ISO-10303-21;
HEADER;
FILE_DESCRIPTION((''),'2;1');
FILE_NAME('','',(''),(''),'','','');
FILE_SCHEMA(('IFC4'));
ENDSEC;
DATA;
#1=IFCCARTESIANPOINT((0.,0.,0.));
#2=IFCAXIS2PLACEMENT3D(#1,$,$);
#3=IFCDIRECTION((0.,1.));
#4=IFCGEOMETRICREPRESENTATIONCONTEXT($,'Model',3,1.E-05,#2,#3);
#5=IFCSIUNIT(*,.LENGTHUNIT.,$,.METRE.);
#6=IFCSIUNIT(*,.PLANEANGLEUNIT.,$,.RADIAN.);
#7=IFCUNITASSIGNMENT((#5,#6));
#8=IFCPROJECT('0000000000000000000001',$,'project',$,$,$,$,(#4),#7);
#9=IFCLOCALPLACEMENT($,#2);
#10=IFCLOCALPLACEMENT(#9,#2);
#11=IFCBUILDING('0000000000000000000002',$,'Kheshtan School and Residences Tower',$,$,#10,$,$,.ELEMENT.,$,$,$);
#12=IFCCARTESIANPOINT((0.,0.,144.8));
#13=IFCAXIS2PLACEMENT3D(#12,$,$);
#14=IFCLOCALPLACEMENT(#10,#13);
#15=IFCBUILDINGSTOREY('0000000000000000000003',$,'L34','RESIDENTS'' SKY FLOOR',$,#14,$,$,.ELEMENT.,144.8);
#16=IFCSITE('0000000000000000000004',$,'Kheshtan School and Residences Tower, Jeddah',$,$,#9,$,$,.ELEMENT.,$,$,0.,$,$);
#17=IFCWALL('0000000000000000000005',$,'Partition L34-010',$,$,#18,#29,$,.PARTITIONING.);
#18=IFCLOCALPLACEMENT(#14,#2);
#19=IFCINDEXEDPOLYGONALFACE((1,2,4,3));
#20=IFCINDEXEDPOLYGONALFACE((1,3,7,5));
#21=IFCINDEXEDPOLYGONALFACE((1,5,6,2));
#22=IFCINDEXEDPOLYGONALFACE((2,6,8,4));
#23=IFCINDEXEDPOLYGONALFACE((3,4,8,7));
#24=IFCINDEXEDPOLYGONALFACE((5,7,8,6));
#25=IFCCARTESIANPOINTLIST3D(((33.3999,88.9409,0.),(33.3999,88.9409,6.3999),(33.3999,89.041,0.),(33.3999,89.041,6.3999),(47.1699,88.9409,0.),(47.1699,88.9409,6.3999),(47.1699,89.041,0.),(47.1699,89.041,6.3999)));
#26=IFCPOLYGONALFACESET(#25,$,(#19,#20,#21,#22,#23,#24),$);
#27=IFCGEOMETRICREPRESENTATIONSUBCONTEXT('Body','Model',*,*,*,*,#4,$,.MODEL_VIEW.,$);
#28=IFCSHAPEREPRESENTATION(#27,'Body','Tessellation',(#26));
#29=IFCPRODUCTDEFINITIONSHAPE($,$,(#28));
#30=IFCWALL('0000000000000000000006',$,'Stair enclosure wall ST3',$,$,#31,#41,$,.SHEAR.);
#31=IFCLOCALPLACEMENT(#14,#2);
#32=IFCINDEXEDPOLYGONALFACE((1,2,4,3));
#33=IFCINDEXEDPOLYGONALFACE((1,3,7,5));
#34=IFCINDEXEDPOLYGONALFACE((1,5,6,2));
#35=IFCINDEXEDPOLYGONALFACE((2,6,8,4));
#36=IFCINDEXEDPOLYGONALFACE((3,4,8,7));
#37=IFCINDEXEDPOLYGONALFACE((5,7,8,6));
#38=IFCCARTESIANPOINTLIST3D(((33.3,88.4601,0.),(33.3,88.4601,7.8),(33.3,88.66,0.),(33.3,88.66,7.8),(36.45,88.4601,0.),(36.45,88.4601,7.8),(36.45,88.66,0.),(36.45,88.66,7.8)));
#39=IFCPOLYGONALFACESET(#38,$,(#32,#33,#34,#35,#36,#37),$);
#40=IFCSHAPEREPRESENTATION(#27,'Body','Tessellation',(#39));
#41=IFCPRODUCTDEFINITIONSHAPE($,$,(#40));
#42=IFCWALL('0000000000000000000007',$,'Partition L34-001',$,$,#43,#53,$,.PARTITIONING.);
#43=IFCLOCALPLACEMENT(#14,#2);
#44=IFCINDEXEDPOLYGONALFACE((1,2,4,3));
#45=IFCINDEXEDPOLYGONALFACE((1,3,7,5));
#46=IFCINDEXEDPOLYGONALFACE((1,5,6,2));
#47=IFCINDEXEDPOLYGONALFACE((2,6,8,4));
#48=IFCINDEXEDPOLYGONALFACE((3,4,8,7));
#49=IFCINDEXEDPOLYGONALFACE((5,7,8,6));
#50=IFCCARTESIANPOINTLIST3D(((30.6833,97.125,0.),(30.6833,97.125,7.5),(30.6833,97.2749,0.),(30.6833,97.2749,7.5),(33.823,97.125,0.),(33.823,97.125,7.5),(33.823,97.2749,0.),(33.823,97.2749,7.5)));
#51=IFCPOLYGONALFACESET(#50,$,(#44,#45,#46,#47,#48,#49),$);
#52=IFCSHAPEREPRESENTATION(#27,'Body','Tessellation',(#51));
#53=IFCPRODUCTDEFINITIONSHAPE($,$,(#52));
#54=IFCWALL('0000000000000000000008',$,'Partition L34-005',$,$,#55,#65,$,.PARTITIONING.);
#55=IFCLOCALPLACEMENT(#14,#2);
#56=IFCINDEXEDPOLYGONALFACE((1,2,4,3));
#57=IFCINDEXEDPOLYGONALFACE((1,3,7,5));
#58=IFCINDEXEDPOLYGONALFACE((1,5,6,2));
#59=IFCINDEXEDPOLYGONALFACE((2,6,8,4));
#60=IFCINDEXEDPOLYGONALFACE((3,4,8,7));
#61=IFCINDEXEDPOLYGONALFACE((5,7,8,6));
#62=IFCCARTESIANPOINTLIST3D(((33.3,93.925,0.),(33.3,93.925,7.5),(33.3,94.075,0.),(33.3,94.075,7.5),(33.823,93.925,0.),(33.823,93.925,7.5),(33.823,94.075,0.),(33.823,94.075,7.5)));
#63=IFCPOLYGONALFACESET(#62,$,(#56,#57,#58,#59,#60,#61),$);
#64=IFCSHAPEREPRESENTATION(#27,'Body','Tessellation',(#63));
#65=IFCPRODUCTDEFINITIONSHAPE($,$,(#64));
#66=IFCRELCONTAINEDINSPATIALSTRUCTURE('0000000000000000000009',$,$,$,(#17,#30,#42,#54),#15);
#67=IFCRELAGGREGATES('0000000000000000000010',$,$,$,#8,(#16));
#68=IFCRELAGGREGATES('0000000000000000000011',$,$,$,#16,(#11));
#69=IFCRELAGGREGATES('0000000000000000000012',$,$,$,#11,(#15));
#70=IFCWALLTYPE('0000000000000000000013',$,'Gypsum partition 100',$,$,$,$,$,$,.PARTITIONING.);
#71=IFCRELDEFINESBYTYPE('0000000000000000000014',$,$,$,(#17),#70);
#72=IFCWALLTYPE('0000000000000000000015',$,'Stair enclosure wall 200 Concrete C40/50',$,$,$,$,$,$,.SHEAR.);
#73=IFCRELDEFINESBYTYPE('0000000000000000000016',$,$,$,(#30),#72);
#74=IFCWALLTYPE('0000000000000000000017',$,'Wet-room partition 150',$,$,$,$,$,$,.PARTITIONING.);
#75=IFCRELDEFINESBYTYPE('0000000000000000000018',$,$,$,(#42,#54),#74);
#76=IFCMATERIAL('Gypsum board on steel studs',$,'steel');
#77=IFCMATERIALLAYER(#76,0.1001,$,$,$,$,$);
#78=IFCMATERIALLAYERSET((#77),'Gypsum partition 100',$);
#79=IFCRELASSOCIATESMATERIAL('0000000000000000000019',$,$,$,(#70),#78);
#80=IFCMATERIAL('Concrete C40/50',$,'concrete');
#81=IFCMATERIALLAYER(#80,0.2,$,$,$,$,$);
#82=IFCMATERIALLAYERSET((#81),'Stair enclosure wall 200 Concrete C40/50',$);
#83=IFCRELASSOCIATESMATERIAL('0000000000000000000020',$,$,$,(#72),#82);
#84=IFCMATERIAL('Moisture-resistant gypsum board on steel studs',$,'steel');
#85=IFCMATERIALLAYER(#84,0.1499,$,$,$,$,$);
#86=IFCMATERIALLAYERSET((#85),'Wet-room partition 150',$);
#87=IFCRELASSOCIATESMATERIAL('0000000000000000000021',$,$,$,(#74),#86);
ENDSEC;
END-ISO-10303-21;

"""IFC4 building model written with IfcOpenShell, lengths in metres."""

from ifc_helpers import new_model, si_unit, direction, frame, frame_2d, origin, place, context, subcontext, project, spatial, rectangle, extrude, material, layer, layer_set, type_object, element, save


model = new_model("IFC4")

# Units and contexts
model_context = context("Model", 3, precision=1e-05, world=origin(), true_north=direction((0.0, 1.0)))
body_context = subcontext(model_context, "Body", "Model", "MODEL_VIEW")
ifc_project = project(units=[si_unit("LENGTHUNIT", "METRE"), si_unit("PLANEANGLEUNIT", "RADIAN")], contexts=[model_context])

# Site, building, storey
site_placement = place(None, origin())
site = spatial("IfcSite", under=ifc_project, at=site_placement, Name="Kheshtan School and Residences Tower, Jeddah", CompositionType="ELEMENT", RefElevation=0.0)
building_placement = place(site_placement, origin())
building = spatial("IfcBuilding", under=site, at=building_placement, Name="Kheshtan School and Residences Tower", CompositionType="ELEMENT")
storey_placement = place(building_placement, frame((0.0, 0.0, 144.8)))
storey = spatial("IfcBuildingStorey", under=building, at=storey_placement, Name="L34", Description="RESIDENTS' SKY FLOOR", CompositionType="ELEMENT", Elevation=144.8)

# Walls
ifc_material_1 = material(Name="Gypsum board on steel studs", Category="steel")
ifc_layer_1 = layer(ifc_material_1, 0.1001)
ifc_layer_set_1 = layer_set([ifc_layer_1], Name="Gypsum partition 100")
wall_type_1 = type_object("IfcWallType", Name="Gypsum partition 100", PredefinedType="PARTITIONING", material=ifc_layer_set_1)
wall_1_placement = place(storey_placement, frame((33.3999, 88.991, 0.0), z_axis=(0.0, 0.0, 1.0), x_axis=(1.0, 0.0, 0.0)))
element("IfcWall", 1, at=wall_1_placement, inside=storey, type_object=wall_type_1, Name="Partition L34-010", PredefinedType="PARTITIONING", context=body_context, shape_type="SweptSolid", body=[
    extrude(rectangle(XDim=13.77, YDim=0.1001, at=frame_2d((6.885, 0.0))), origin(), (0.0, 0.0, 1.0), 6.3999),
])
ifc_material_2 = material(Name="Concrete C40/50", Category="concrete")
ifc_layer_2 = layer(ifc_material_2, 0.2)
ifc_layer_set_2 = layer_set([ifc_layer_2], Name="Stair enclosure wall 200 Concrete C40/50")
wall_type_2 = type_object("IfcWallType", Name="Stair enclosure wall 200 Concrete C40/50", PredefinedType="SHEAR", material=ifc_layer_set_2)
wall_2_placement = place(storey_placement, frame((33.3, 88.5601, 0.0), z_axis=(0.0, 0.0, 1.0), x_axis=(1.0, 0.0, 0.0)))
element("IfcWall", 2, at=wall_2_placement, inside=storey, type_object=wall_type_2, Name="Stair enclosure wall ST3", PredefinedType="SHEAR", context=body_context, shape_type="SweptSolid", body=[
    extrude(rectangle(XDim=3.1499, YDim=0.2, at=frame_2d((1.575, 0.0))), origin(), (0.0, 0.0, 1.0), 7.8),
])
ifc_material_3 = material(Name="Moisture-resistant gypsum board on steel studs", Category="steel")
ifc_layer_3 = layer(ifc_material_3, 0.1499)
ifc_layer_set_3 = layer_set([ifc_layer_3], Name="Wet-room partition 150")
wall_type_3 = type_object("IfcWallType", Name="Wet-room partition 150", PredefinedType="PARTITIONING", material=ifc_layer_set_3)
wall_3_placement = place(storey_placement, frame((30.6833, 97.2, 0.0), z_axis=(0.0, 0.0, 1.0), x_axis=(1.0, 0.0, 0.0)))
element("IfcWall", 3, at=wall_3_placement, inside=storey, type_object=wall_type_3, Name="Partition L34-001", PredefinedType="PARTITIONING", context=body_context, shape_type="SweptSolid", body=[
    extrude(rectangle(XDim=3.1396, YDim=0.1499, at=frame_2d((1.5698, 0.0))), origin(), (0.0, 0.0, 1.0), 7.5),
])
wall_4_placement = place(storey_placement, frame((33.3, 94.0, 0.0), z_axis=(0.0, 0.0, 1.0), x_axis=(1.0, 0.0, 0.0)))
element("IfcWall", 4, at=wall_4_placement, inside=storey, type_object=wall_type_3, Name="Partition L34-005", PredefinedType="PARTITIONING", context=body_context, shape_type="SweptSolid", body=[
    extrude(rectangle(XDim=0.5229, YDim=0.1499, at=frame_2d((0.2615, 0.0))), origin(), (0.0, 0.0, 1.0), 7.5),
])

save(model, "model.ifc")
